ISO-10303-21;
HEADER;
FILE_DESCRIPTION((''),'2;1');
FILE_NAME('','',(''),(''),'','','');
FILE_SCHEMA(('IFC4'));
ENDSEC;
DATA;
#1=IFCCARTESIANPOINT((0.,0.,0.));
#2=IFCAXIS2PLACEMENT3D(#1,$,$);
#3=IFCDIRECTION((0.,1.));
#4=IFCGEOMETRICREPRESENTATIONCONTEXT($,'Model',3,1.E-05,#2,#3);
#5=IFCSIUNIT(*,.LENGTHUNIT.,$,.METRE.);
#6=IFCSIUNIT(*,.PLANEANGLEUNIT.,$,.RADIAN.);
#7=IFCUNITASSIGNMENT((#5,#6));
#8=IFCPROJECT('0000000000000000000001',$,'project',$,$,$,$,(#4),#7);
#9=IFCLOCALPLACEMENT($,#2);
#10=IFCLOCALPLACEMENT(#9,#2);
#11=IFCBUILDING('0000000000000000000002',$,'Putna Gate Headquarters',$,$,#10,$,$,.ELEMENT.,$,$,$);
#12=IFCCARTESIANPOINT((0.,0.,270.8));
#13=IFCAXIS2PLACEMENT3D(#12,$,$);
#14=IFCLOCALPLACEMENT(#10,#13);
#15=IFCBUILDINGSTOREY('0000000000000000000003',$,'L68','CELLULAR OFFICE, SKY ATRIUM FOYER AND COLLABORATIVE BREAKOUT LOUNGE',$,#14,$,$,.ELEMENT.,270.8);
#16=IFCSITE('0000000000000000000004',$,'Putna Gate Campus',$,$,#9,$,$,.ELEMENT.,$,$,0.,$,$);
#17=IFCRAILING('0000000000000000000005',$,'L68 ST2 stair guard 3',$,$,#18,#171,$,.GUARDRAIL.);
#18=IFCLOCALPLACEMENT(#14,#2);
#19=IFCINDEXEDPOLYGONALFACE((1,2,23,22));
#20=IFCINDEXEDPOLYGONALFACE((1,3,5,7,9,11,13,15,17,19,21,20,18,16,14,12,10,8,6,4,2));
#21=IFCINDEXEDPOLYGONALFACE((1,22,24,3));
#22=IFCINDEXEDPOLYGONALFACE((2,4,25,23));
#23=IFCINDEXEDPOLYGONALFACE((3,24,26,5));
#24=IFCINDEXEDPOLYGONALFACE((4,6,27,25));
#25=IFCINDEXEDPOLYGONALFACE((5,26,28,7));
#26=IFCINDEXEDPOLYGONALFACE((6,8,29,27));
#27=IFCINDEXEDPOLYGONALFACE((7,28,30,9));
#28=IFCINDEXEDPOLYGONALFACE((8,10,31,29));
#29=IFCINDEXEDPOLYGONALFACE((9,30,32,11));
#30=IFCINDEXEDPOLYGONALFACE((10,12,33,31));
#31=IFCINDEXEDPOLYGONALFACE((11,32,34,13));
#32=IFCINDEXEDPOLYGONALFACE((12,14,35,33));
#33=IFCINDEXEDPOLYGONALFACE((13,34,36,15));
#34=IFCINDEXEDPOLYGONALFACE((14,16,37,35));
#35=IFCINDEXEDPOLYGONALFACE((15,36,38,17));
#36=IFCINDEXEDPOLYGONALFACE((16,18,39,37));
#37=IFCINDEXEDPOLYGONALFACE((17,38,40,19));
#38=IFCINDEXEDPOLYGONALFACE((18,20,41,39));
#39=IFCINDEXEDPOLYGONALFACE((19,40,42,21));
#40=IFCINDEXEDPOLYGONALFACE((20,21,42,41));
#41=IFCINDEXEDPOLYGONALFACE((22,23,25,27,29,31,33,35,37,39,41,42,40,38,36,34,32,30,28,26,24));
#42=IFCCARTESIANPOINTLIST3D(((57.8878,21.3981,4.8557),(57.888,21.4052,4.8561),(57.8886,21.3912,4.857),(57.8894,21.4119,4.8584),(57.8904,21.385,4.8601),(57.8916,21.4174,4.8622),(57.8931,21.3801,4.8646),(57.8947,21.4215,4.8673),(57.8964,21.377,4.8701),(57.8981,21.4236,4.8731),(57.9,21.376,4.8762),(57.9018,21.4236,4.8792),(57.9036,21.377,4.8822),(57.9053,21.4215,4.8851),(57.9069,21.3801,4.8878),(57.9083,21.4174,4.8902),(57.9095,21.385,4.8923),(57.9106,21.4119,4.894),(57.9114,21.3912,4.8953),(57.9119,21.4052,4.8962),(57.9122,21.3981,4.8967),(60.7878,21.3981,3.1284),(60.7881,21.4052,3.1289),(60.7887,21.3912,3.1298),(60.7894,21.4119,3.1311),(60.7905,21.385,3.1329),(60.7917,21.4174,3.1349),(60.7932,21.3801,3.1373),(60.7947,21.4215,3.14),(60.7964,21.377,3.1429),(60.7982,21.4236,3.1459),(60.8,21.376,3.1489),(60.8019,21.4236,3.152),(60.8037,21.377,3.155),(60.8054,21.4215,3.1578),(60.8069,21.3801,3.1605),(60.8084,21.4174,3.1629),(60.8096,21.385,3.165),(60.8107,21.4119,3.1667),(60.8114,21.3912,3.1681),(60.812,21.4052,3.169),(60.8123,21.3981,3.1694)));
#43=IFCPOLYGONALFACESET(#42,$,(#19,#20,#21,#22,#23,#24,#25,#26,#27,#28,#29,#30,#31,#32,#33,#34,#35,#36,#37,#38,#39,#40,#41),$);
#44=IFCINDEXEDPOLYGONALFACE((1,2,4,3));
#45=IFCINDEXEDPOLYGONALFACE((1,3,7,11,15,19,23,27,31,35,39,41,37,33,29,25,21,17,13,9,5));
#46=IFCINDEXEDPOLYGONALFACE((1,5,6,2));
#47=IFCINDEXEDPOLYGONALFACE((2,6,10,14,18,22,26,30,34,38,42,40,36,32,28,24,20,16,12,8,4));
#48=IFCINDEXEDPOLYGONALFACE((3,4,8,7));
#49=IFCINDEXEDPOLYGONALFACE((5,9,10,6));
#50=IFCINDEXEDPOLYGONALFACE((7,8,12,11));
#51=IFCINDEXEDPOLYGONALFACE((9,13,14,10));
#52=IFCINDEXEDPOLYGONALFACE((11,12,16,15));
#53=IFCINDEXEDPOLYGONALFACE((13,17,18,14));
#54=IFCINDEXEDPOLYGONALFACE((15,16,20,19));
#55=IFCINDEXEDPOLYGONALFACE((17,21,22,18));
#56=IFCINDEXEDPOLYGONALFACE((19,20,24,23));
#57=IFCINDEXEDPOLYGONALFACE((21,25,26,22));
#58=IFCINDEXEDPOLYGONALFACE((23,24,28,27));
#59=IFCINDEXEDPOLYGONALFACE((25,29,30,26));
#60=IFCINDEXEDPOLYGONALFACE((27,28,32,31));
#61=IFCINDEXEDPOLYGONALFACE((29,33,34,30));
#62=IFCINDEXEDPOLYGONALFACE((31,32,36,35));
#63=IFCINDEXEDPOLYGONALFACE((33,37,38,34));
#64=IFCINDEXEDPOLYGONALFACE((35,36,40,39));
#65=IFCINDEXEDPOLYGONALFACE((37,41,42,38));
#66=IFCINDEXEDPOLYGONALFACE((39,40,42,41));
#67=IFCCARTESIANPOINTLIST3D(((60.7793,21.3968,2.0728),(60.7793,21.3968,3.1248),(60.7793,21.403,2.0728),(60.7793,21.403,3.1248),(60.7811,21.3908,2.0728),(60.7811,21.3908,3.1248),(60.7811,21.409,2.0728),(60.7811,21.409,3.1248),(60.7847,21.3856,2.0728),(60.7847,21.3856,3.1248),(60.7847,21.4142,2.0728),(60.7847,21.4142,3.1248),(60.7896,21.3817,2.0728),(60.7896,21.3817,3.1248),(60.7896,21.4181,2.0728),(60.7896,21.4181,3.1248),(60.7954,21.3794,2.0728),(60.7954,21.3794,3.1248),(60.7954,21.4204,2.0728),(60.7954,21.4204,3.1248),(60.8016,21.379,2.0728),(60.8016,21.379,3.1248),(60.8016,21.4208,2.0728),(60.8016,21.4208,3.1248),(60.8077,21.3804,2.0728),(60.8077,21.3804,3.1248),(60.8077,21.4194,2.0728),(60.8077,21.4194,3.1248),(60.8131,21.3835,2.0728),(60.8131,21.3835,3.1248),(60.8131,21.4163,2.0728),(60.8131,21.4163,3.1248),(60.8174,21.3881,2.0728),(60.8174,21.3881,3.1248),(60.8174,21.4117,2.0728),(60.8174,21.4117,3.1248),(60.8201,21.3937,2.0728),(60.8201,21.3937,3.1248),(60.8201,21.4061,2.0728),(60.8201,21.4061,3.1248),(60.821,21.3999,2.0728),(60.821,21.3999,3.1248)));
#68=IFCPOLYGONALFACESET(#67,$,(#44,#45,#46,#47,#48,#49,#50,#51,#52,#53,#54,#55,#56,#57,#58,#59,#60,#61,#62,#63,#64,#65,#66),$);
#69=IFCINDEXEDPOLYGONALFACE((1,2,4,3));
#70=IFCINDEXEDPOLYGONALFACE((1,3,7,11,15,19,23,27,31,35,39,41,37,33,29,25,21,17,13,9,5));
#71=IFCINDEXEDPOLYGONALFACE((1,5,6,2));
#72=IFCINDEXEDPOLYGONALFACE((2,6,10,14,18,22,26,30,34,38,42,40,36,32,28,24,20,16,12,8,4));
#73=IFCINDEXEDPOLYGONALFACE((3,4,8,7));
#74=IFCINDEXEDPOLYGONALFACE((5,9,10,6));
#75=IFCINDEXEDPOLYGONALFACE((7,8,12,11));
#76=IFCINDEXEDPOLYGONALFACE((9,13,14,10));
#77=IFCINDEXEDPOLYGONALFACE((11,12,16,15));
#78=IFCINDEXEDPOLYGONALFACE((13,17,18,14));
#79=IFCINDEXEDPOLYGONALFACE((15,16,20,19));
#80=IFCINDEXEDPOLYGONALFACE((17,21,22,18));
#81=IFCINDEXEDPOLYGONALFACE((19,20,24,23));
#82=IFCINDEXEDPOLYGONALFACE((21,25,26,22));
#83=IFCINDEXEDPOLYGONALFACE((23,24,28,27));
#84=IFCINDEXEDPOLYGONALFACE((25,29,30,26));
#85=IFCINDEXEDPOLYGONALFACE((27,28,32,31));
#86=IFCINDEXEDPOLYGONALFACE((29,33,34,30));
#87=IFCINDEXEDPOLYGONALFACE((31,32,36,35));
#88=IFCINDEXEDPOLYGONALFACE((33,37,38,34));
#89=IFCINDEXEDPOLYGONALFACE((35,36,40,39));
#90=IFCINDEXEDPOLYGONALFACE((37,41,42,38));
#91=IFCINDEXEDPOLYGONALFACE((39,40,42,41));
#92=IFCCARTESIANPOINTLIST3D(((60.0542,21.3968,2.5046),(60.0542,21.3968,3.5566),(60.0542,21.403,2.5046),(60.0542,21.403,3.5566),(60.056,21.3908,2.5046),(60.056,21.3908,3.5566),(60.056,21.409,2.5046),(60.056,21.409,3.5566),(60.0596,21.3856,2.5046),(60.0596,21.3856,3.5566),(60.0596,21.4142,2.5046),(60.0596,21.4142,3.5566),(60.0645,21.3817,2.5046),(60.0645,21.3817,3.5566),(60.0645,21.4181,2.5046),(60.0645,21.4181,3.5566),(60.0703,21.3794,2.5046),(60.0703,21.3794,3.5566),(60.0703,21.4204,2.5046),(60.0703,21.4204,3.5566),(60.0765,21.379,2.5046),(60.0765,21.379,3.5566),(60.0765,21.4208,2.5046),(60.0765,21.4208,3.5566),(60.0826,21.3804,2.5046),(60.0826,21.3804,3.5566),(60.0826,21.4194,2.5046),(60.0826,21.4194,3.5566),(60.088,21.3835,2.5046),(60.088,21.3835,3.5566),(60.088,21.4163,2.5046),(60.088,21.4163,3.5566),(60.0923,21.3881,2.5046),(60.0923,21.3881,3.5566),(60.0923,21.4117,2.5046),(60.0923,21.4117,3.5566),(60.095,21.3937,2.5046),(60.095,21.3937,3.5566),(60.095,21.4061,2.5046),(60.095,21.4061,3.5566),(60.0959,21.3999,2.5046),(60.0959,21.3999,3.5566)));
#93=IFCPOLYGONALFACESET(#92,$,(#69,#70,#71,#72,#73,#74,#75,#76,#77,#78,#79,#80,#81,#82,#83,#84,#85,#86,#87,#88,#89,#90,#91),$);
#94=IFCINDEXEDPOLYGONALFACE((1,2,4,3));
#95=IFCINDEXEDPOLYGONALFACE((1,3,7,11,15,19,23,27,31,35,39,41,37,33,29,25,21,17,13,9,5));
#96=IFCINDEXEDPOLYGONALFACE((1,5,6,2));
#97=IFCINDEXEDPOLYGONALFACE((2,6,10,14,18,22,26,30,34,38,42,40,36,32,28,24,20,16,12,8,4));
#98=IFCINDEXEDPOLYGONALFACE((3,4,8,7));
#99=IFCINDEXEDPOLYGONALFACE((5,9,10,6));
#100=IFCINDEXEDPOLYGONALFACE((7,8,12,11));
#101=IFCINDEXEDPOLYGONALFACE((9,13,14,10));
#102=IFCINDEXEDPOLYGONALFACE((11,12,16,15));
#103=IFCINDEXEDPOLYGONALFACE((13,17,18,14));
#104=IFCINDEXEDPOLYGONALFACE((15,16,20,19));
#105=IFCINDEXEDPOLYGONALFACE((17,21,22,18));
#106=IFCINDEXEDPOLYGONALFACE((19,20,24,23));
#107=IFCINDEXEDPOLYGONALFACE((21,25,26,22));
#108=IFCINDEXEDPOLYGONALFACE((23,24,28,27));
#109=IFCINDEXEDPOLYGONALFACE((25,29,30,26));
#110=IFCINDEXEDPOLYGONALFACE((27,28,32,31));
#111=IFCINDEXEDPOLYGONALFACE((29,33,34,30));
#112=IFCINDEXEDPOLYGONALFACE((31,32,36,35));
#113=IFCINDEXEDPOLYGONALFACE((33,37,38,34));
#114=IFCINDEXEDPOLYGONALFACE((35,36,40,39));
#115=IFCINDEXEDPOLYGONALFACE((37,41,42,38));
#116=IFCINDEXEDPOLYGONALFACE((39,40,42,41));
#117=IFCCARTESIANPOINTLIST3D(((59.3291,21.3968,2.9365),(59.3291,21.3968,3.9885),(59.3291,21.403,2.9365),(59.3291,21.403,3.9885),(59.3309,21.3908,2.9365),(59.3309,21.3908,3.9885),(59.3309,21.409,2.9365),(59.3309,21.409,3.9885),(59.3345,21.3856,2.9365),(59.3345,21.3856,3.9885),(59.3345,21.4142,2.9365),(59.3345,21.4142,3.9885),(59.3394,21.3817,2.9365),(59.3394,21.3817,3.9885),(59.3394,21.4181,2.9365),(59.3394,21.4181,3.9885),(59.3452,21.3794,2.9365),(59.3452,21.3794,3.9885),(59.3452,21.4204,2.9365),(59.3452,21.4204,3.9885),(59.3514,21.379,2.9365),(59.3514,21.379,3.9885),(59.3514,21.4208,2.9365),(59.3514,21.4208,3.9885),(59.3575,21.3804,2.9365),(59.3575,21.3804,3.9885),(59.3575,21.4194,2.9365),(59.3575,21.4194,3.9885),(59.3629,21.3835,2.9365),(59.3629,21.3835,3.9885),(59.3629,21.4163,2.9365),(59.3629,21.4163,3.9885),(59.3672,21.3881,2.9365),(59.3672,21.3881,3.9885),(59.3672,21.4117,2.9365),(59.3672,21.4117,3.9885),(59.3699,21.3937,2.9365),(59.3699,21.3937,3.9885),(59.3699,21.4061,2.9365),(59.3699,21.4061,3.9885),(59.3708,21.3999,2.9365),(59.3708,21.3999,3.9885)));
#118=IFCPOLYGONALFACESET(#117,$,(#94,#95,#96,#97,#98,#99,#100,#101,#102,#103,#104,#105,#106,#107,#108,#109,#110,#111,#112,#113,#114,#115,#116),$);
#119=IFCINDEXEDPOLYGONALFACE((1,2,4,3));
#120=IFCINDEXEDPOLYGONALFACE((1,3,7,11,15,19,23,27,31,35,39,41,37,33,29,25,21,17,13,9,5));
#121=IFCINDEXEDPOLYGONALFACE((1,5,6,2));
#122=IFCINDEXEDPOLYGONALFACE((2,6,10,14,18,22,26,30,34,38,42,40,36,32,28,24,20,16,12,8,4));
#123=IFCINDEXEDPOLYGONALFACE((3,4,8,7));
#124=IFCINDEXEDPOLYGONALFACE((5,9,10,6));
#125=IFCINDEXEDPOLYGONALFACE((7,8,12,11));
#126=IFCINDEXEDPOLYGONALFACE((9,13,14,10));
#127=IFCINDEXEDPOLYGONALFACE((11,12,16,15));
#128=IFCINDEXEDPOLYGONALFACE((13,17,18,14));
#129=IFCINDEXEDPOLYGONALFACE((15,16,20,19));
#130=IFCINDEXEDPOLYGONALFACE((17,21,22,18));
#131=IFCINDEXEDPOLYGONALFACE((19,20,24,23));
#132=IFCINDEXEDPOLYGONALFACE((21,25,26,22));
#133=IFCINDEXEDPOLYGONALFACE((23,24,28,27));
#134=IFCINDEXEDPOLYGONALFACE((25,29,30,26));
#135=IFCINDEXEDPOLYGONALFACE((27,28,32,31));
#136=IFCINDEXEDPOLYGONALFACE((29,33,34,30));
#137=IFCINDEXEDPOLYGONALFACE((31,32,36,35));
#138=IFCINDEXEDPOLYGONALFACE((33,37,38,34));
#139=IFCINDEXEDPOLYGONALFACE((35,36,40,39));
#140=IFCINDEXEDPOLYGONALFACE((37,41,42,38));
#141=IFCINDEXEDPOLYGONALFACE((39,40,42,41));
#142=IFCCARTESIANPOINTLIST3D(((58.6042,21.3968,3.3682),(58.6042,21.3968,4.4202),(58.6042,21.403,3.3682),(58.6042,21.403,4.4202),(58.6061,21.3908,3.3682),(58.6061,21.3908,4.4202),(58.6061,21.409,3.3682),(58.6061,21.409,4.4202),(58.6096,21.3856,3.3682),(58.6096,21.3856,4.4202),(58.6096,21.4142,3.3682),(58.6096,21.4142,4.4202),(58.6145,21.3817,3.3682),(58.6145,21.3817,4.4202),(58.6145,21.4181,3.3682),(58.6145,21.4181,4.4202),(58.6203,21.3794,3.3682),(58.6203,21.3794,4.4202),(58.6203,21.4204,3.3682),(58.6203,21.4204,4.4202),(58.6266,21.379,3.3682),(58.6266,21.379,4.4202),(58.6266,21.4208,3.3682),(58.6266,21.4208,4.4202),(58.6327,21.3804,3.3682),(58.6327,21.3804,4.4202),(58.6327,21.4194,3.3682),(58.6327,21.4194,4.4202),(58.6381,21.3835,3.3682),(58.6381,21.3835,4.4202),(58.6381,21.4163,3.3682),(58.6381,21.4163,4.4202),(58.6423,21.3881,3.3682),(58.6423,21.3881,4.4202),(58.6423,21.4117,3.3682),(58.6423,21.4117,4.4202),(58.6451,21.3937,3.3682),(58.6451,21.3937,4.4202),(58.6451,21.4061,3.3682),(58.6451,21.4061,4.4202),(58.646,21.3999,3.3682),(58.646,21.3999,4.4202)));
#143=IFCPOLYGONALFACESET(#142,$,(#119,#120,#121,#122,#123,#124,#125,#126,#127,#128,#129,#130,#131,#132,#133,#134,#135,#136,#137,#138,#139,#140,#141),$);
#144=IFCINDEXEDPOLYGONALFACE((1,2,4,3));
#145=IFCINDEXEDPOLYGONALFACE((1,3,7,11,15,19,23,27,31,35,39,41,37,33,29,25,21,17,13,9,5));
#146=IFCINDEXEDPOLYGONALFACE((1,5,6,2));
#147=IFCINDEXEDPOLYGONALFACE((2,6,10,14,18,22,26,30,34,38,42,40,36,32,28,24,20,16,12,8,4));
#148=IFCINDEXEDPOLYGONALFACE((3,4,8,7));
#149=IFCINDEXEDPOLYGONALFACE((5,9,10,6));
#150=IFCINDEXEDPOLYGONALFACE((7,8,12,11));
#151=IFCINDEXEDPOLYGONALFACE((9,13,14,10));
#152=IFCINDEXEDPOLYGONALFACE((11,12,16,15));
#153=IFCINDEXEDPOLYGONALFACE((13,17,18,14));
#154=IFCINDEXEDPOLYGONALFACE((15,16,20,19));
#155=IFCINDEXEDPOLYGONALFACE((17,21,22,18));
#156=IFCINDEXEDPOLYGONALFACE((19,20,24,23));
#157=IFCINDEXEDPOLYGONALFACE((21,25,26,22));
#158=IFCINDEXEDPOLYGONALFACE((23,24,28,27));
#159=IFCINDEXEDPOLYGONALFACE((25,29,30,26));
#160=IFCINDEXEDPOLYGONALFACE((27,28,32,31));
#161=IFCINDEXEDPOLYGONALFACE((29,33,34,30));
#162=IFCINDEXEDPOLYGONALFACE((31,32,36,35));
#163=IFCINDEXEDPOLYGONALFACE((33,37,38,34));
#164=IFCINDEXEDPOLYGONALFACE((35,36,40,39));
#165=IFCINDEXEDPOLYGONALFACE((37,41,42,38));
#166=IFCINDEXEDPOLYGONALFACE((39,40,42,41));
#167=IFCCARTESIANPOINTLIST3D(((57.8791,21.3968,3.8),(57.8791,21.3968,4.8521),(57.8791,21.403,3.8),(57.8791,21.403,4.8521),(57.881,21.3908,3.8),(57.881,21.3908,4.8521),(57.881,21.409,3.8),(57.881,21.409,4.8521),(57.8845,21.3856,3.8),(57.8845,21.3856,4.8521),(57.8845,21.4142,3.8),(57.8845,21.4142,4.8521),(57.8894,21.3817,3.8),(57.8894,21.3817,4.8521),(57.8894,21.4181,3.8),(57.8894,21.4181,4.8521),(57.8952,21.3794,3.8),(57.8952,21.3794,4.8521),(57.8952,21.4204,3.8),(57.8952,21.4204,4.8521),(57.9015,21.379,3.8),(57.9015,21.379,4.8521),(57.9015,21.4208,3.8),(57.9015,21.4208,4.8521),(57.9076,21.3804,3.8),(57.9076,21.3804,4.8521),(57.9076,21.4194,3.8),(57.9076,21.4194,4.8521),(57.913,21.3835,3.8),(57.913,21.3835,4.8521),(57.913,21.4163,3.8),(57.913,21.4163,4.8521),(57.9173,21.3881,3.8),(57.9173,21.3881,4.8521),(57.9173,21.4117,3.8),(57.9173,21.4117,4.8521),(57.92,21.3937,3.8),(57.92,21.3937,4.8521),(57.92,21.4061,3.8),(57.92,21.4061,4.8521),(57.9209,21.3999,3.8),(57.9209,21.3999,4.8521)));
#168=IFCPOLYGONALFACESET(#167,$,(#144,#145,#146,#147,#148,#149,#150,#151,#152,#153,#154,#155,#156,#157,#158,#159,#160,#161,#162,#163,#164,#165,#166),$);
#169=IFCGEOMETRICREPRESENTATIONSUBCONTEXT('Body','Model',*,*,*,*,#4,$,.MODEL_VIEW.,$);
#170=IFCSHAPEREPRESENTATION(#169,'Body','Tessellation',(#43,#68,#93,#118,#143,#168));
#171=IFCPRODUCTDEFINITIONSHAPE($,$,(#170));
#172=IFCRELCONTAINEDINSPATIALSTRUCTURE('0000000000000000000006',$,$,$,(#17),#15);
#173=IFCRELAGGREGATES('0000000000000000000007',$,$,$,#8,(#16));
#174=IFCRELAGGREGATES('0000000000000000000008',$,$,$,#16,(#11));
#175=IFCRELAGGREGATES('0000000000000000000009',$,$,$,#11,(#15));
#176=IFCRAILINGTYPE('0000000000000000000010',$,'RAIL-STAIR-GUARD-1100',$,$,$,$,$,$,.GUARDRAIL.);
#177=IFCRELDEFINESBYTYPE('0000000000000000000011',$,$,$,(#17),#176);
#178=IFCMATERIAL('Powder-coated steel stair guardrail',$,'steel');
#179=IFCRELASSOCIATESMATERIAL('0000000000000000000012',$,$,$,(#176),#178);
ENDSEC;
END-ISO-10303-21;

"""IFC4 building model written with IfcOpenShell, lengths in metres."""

from ifc_helpers import new_model, si_unit, direction, frame, origin, origin_2d, place, context, subcontext, project, spatial, circle, extrude, material, type_object, element, save


model = new_model("IFC4")

# Units and contexts
model_context = context("Model", 3, precision=1e-05, world=origin(), true_north=direction((0.0, 1.0)))
body_context = subcontext(model_context, "Body", "Model", "MODEL_VIEW")
ifc_project = project(units=[si_unit("LENGTHUNIT", "METRE"), si_unit("PLANEANGLEUNIT", "RADIAN")], contexts=[model_context])

# Site, building, storey
site_placement = place(None, origin())
site = spatial("IfcSite", under=ifc_project, at=site_placement, Name="Putna Gate Campus", CompositionType="ELEMENT", RefElevation=0.0)
building_placement = place(site_placement, origin())
building = spatial("IfcBuilding", under=site, at=building_placement, Name="Putna Gate Headquarters", CompositionType="ELEMENT")
storey_placement = place(building_placement, frame((0.0, 0.0, 270.8)))
storey = spatial("IfcBuildingStorey", under=building, at=storey_placement, Name="L68", Description="CELLULAR OFFICE, SKY ATRIUM FOYER AND COLLABORATIVE BREAKOUT LOUNGE", CompositionType="ELEMENT", Elevation=270.8)

# Railing
ifc_material_1 = material(Name="Powder-coated steel stair guardrail", Category="steel")
railing_type_1 = type_object("IfcRailingType", Name="RAIL-STAIR-GUARD-1100", PredefinedType="GUARDRAIL", material=ifc_material_1)
railing_1_placement = place(storey_placement, frame((60.8, 21.3999, 2.0728)))
element("IfcRailing", 1, at=railing_1_placement, inside=storey, type_object=railing_type_1, Name="L68 ST2 stair guard 3", PredefinedType="GUARDRAIL", context=body_context, shape_type="SweptSolid", body=[
    extrude(circle(Radius=0.0239, at=origin_2d()), frame((0.0, 0.0, 1.0762), z_axis=(-0.85916, 0.0, 0.511706), x_axis=(0.0, -1.0, 0.0)), (0.0, 0.0, 1.0), 3.3755),
    extrude(circle(Radius=0.021, at=origin_2d()), origin(), (0.0, 0.0, 1.0), 1.052),
    extrude(circle(Radius=0.021, at=origin_2d()), frame((-0.7251, 0.0, 0.4319)), (0.0, 0.0, 1.0), 1.052),
    extrude(circle(Radius=0.021, at=origin_2d()), frame((-1.4502, 0.0, 0.8638)), (0.0, 0.0, 1.0), 1.052),
    extrude(circle(Radius=0.021, at=origin_2d()), frame((-2.175, 0.0, 1.2954)), (0.0, 0.0, 1.0), 1.052),
    extrude(circle(Radius=0.021, at=origin_2d()), frame((-2.9001, 0.0, 1.7273)), (0.0, 0.0, 1.0), 1.052),
])

save(model, "model.ifc")
